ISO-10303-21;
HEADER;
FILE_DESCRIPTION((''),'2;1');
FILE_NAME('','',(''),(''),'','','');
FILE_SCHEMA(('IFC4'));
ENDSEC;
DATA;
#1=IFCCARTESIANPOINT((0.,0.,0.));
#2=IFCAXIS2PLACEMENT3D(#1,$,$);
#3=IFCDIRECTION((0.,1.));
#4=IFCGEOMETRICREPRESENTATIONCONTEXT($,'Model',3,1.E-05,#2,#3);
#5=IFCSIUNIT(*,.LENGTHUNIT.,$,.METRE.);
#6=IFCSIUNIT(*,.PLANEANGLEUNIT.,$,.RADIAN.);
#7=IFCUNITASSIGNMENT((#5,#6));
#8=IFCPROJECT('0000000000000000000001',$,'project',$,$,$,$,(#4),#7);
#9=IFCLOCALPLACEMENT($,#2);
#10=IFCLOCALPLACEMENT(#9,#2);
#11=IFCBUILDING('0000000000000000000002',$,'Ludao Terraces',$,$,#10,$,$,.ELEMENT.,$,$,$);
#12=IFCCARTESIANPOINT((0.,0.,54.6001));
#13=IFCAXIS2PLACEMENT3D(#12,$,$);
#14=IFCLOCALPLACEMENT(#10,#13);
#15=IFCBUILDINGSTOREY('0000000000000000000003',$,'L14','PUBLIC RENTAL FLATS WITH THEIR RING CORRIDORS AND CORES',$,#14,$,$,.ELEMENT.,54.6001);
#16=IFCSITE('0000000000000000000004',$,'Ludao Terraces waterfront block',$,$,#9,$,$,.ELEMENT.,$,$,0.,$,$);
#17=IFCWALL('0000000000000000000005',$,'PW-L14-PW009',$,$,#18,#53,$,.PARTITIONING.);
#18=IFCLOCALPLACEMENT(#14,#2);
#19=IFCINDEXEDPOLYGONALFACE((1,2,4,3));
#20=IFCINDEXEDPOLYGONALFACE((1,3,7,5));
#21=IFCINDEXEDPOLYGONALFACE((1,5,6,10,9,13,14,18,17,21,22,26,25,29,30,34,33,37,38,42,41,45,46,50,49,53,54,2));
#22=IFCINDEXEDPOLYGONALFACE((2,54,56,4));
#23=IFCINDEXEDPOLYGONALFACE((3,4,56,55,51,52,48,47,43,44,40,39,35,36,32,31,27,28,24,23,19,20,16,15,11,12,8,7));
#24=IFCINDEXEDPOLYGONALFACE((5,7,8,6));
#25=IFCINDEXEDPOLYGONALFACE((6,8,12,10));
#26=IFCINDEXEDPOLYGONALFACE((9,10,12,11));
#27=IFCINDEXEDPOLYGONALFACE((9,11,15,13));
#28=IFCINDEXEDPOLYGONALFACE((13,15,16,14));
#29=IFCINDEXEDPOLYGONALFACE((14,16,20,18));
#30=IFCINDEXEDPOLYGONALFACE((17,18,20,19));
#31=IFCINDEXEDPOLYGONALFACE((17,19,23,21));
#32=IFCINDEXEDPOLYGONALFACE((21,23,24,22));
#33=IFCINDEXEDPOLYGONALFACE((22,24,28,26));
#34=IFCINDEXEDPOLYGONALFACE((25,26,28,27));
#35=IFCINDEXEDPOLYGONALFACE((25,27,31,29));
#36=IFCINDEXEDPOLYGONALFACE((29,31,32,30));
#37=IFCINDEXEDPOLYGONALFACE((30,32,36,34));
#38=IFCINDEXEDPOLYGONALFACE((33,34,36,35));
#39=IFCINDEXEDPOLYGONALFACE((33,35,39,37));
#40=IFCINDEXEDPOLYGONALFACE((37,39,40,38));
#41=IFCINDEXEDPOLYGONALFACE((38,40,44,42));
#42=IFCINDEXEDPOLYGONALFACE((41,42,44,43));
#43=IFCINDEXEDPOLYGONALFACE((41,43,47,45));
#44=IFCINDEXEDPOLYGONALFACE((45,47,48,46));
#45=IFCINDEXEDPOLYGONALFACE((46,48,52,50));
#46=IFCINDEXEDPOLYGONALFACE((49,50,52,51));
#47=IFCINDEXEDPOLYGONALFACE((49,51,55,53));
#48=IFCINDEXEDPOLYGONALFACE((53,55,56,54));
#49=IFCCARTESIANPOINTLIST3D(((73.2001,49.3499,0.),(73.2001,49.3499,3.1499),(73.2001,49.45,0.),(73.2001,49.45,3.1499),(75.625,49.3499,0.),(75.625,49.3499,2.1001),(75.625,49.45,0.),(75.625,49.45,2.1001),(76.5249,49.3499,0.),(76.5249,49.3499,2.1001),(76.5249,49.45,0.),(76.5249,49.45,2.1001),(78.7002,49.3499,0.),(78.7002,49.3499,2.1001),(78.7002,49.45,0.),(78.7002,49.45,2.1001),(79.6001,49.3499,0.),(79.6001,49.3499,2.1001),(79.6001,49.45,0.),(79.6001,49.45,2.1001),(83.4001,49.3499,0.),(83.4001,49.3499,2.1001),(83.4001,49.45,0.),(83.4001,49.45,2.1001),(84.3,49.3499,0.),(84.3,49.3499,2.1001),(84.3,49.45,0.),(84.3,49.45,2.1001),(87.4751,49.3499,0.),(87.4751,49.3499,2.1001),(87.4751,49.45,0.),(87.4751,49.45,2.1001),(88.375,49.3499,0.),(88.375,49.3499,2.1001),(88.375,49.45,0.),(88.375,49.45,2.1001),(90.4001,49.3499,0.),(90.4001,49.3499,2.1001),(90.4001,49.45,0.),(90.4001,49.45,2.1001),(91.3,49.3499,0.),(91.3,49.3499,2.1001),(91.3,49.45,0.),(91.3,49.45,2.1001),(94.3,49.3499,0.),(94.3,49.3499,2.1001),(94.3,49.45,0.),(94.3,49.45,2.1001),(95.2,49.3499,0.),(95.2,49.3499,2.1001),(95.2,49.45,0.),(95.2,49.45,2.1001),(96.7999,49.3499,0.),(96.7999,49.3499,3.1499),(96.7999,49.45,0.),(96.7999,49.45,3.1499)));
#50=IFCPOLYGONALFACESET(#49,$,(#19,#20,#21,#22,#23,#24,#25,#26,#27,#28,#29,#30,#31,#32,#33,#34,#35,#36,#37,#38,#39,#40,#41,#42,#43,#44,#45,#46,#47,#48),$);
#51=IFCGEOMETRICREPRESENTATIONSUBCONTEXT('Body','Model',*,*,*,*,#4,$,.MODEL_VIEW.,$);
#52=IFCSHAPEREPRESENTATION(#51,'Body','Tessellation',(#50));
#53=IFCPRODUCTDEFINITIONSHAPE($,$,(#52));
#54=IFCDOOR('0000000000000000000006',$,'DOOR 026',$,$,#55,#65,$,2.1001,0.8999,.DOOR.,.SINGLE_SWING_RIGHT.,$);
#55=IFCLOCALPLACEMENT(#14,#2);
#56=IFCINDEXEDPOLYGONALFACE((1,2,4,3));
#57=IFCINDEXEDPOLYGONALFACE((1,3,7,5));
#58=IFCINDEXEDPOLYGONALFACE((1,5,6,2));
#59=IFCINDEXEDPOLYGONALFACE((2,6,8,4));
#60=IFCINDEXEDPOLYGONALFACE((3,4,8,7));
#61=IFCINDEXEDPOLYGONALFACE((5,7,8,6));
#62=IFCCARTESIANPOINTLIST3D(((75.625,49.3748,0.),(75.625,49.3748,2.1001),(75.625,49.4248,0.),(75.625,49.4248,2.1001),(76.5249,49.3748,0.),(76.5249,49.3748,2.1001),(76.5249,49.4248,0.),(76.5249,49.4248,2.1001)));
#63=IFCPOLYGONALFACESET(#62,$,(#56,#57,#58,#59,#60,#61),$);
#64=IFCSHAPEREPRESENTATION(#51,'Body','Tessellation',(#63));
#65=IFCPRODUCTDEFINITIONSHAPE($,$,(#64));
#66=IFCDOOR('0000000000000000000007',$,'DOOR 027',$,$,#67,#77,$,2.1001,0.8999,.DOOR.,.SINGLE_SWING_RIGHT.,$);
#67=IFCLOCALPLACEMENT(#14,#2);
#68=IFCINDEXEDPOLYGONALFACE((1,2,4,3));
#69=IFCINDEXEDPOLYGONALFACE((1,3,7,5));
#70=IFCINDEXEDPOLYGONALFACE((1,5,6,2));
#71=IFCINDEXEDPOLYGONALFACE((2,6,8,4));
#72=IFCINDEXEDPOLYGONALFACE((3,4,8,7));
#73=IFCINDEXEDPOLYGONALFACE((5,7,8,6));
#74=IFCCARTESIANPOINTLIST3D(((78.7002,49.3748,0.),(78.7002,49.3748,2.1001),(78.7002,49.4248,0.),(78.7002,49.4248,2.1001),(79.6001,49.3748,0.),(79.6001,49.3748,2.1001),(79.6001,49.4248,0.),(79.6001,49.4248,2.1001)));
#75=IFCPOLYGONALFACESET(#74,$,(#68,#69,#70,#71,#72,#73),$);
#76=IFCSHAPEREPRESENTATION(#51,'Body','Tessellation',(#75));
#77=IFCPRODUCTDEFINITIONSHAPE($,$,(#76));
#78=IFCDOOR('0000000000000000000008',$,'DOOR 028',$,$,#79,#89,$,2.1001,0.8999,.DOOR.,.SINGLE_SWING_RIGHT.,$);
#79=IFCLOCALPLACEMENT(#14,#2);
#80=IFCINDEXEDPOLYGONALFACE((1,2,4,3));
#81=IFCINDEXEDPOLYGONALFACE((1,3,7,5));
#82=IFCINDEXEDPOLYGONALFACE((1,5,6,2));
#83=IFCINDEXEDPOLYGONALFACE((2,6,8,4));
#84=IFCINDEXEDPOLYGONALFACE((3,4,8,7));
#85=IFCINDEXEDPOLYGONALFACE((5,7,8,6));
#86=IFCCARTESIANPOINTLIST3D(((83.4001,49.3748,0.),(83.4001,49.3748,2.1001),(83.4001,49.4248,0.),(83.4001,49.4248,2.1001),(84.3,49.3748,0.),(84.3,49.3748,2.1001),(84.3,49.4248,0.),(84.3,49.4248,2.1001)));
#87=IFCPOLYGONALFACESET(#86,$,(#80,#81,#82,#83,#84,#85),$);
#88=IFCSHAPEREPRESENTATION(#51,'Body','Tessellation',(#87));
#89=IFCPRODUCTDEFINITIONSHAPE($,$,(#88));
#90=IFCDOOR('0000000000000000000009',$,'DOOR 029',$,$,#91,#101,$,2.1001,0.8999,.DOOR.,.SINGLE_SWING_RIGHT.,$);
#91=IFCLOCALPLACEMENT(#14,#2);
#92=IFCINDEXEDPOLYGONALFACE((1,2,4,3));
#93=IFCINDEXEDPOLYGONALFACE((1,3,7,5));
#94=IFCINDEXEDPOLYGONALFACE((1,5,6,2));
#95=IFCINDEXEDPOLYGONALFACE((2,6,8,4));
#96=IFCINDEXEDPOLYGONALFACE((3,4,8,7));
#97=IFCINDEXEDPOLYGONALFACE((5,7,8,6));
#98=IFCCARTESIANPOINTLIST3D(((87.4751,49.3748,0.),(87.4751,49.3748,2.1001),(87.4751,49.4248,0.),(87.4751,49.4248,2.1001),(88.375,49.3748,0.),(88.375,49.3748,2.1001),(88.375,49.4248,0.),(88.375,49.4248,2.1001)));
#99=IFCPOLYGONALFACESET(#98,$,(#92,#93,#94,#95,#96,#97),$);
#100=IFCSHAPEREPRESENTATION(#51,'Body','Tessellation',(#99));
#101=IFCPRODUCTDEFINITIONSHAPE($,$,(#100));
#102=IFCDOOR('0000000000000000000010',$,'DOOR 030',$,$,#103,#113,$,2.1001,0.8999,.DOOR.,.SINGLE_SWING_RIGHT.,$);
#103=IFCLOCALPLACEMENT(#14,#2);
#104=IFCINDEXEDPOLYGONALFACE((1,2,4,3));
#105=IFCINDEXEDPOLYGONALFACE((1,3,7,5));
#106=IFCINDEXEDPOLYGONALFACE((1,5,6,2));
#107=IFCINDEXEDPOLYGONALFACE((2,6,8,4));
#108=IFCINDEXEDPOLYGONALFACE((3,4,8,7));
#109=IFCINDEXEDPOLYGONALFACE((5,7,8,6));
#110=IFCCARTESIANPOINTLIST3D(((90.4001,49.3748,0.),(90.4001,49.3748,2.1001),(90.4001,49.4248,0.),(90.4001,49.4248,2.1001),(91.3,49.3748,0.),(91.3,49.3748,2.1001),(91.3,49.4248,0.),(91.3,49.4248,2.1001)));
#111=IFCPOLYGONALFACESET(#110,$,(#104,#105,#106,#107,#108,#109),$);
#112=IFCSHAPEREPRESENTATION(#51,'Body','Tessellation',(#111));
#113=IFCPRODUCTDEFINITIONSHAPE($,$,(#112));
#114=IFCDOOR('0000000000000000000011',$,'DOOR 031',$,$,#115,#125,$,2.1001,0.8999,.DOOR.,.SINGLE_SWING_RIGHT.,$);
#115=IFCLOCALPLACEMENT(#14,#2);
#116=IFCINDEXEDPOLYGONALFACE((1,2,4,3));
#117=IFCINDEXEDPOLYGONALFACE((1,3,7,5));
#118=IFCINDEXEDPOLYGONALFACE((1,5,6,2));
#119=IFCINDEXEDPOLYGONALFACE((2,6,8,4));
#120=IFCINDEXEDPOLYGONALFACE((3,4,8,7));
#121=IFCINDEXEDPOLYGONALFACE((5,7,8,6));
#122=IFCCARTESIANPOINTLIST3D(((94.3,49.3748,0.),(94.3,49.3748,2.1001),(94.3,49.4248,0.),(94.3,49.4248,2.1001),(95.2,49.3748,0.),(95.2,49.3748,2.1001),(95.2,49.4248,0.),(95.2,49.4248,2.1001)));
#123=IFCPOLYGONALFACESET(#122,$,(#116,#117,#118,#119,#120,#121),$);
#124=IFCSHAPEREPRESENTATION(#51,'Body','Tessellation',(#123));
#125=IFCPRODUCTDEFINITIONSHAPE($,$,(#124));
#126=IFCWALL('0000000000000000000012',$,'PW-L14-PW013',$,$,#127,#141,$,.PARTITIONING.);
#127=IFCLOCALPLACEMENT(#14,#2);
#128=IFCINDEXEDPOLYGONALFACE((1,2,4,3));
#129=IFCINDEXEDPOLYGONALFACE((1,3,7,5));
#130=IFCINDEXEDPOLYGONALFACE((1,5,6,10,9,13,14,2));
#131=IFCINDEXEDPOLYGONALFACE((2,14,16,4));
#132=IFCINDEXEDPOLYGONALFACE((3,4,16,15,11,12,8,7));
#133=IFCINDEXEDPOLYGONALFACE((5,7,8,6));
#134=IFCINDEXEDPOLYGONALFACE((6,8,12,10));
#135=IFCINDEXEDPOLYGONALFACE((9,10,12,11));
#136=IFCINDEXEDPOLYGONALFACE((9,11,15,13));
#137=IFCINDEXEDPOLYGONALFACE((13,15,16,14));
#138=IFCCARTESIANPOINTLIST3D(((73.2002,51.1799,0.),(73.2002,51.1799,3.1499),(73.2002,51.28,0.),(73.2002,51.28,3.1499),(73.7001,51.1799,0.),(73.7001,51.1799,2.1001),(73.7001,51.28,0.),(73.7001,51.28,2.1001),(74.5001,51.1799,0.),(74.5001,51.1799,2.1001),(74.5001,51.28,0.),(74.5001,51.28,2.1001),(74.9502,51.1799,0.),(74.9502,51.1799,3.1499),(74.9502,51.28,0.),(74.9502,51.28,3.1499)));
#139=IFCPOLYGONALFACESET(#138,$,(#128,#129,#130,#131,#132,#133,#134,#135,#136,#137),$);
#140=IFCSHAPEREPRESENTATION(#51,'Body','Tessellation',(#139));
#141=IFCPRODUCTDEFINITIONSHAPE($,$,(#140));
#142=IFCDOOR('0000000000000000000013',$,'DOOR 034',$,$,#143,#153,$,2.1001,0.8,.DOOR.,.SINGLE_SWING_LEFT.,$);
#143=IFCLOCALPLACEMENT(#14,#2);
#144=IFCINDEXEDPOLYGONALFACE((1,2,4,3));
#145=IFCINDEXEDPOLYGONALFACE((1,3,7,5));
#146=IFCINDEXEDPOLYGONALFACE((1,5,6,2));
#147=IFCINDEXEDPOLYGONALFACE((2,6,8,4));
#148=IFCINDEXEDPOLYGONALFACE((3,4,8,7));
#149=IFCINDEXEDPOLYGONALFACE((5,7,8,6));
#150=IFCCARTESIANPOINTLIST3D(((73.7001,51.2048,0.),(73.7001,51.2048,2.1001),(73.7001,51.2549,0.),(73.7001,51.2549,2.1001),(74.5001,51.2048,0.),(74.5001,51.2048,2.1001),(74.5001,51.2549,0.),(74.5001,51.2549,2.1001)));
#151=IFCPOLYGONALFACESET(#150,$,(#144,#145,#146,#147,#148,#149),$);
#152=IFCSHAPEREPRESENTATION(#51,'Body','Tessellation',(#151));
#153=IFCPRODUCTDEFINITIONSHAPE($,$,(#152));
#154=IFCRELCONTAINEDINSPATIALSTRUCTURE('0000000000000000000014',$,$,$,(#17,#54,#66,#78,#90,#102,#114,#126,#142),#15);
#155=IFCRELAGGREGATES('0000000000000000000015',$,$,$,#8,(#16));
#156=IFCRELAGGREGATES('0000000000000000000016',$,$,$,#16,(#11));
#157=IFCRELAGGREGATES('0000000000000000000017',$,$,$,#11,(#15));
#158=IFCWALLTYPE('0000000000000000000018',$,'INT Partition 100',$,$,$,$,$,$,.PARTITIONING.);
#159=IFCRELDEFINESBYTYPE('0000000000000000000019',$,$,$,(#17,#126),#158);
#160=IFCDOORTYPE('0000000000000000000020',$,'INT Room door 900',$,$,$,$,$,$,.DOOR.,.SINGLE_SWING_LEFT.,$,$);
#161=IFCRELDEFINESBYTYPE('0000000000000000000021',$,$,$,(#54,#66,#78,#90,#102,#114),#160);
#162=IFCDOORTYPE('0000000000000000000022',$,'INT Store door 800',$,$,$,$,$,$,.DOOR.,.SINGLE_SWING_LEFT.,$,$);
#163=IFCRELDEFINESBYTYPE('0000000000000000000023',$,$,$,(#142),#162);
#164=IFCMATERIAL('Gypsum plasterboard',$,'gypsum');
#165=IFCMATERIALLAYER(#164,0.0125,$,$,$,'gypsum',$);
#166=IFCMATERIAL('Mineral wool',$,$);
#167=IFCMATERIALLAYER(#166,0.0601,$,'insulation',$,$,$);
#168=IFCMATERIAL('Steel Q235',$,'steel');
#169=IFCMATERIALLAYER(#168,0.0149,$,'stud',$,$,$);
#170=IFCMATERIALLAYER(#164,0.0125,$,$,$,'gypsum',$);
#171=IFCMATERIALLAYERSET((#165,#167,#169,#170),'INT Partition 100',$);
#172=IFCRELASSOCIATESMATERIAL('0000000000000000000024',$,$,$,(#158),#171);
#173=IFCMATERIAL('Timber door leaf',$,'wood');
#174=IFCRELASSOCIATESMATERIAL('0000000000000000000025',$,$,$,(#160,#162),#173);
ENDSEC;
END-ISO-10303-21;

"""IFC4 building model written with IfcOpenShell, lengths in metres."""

from ifc_helpers import new_model, si_unit, direction, frame, frame_2d, origin, place, context, subcontext, project, spatial, rectangle, extrude, material, layer, layer_set, type_object, element, fill, save


model = new_model("IFC4")

# Units and contexts
model_context = context("Model", 3, precision=1e-05, world=origin(), true_north=direction((0.0, 1.0)))
body_context = subcontext(model_context, "Body", "Model", "MODEL_VIEW")
ifc_project = project(units=[si_unit("LENGTHUNIT", "METRE"), si_unit("PLANEANGLEUNIT", "RADIAN")], contexts=[model_context])

# Site, building, storey
site_placement = place(None, origin())
site = spatial("IfcSite", under=ifc_project, at=site_placement, Name="Ludao Terraces waterfront block", CompositionType="ELEMENT", RefElevation=0.0)
building_placement = place(site_placement, origin())
building = spatial("IfcBuilding", under=site, at=building_placement, Name="Ludao Terraces", CompositionType="ELEMENT")
storey_placement = place(building_placement, frame((0.0, 0.0, 54.6001)))
storey = spatial("IfcBuildingStorey", under=building, at=storey_placement, Name="L14", Description="PUBLIC RENTAL FLATS WITH THEIR RING CORRIDORS AND CORES", CompositionType="ELEMENT", Elevation=54.6001)

# Wall, openings, doors
ifc_material_1 = material(Name="Gypsum plasterboard", Category="gypsum")
ifc_layer_1 = layer(ifc_material_1, 0.0125, Category="gypsum")
ifc_material_2 = material(Name="Mineral wool")
ifc_layer_2 = layer(ifc_material_2, 0.0601, Name="insulation")
ifc_material_3 = material(Name="Steel Q235", Category="steel")
ifc_layer_3 = layer(ifc_material_3, 0.0149, Name="stud")
ifc_layer_4 = layer(ifc_material_1, 0.0125, Category="gypsum")
ifc_layer_set = layer_set([ifc_layer_1, ifc_layer_2, ifc_layer_3, ifc_layer_4], Name="INT Partition 100")
wall_type = type_object("IfcWallType", Name="INT Partition 100", PredefinedType="PARTITIONING", material=ifc_layer_set)
wall_1_placement = place(storey_placement, frame((73.2002, 49.3999, 0.0), z_axis=(0.0, 0.0, 1.0), x_axis=(1.0, 0.0, 0.0)))
wall_1 = element("IfcWall", 1, at=wall_1_placement, inside=storey, type_object=wall_type, Name="PW-L14-PW009", PredefinedType="PARTITIONING", context=body_context, shape_type="SweptSolid", body=[
    extrude(rectangle(XDim=23.5999, YDim=0.1001, at=frame_2d((11.7998, 0.0))), origin(), (0.0, 0.0, 1.0), 3.1499),
])
opening_1_placement = place(wall_1_placement, frame((2.4248, 0.0, 0.0)))
opening_1 = element("IfcOpeningElement", 2, at=opening_1_placement, cuts=wall_1, PredefinedType="OPENING", context=body_context, shape_type="SweptSolid", body=[
    extrude(rectangle(XDim=0.8999, YDim=2.1001, at=frame_2d((0.45, 1.05))), frame((0.0, 0.0601, 0.0), z_axis=(0.0, -1.0, 0.0), x_axis=(1.0, 0.0, 0.0)), (0.0, 0.0, 1.0), 0.1201),
])
opening_2_placement = place(wall_1_placement, frame((5.5, 0.0, 0.0)))
opening_2 = element("IfcOpeningElement", 3, at=opening_2_placement, cuts=wall_1, PredefinedType="OPENING", context=body_context, shape_type="SweptSolid", body=[
    extrude(rectangle(XDim=0.8999, YDim=2.1001, at=frame_2d((0.45, 1.05))), frame((0.0, 0.0601, 0.0), z_axis=(0.0, -1.0, 0.0), x_axis=(1.0, 0.0, 0.0)), (0.0, 0.0, 1.0), 0.1201),
])
opening_3_placement = place(wall_1_placement, frame((10.2, 0.0, 0.0)))
opening_3 = element("IfcOpeningElement", 4, at=opening_3_placement, cuts=wall_1, PredefinedType="OPENING", context=body_context, shape_type="SweptSolid", body=[
    extrude(rectangle(XDim=0.8999, YDim=2.1001, at=frame_2d((0.45, 1.05))), frame((0.0, 0.0601, 0.0), z_axis=(0.0, -1.0, 0.0), x_axis=(1.0, 0.0, 0.0)), (0.0, 0.0, 1.0), 0.1201),
])
opening_4_placement = place(wall_1_placement, frame((14.2749, 0.0, 0.0)))
opening_4 = element("IfcOpeningElement", 5, at=opening_4_placement, cuts=wall_1, PredefinedType="OPENING", context=body_context, shape_type="SweptSolid", body=[
    extrude(rectangle(XDim=0.8999, YDim=2.1001, at=frame_2d((0.45, 1.05))), frame((0.0, 0.0601, 0.0), z_axis=(0.0, -1.0, 0.0), x_axis=(1.0, 0.0, 0.0)), (0.0, 0.0, 1.0), 0.1201),
])
opening_5_placement = place(wall_1_placement, frame((17.2, 0.0, 0.0)))
opening_5 = element("IfcOpeningElement", 6, at=opening_5_placement, cuts=wall_1, PredefinedType="OPENING", context=body_context, shape_type="SweptSolid", body=[
    extrude(rectangle(XDim=0.8999, YDim=2.1001, at=frame_2d((0.45, 1.05))), frame((0.0, 0.0601, 0.0), z_axis=(0.0, -1.0, 0.0), x_axis=(1.0, 0.0, 0.0)), (0.0, 0.0, 1.0), 0.1201),
])
opening_6_placement = place(wall_1_placement, frame((21.0999, 0.0, 0.0)))
opening_6 = element("IfcOpeningElement", 7, at=opening_6_placement, cuts=wall_1, PredefinedType="OPENING", context=body_context, shape_type="SweptSolid", body=[
    extrude(rectangle(XDim=0.8999, YDim=2.1001, at=frame_2d((0.45, 1.05))), frame((0.0, 0.0601, 0.0), z_axis=(0.0, -1.0, 0.0), x_axis=(1.0, 0.0, 0.0)), (0.0, 0.0, 1.0), 0.1201),
])
ifc_material_4 = material(Name="Timber door leaf", Category="wood")
door_type_1 = type_object("IfcDoorType", Name="INT Room door 900", OperationType="SINGLE_SWING_LEFT", PredefinedType="DOOR", material=ifc_material_4)
door_1_placement = place(opening_1_placement, origin())
door_1 = element("IfcDoor", 8, at=door_1_placement, inside=storey, type_object=door_type_1, Name="DOOR 026", OperationType="SINGLE_SWING_RIGHT", OverallHeight=2.1001, OverallWidth=0.8999, PredefinedType="DOOR", context=body_context, shape_type="SweptSolid", body=[
    extrude(rectangle(XDim=0.8999, YDim=2.1001, at=frame_2d((0.45, 1.05))), frame((0.0, 0.0249, 0.0), z_axis=(0.0, -1.0, 0.0), x_axis=(1.0, 0.0, 0.0)), (0.0, 0.0, 1.0), 0.05),
])
fill(opening_1, door_1)
door_2_placement = place(opening_2_placement, origin())
door_2 = element("IfcDoor", 9, at=door_2_placement, inside=storey, type_object=door_type_1, Name="DOOR 027", OperationType="SINGLE_SWING_RIGHT", OverallHeight=2.1001, OverallWidth=0.8999, PredefinedType="DOOR", context=body_context, shape_type="SweptSolid", body=[
    extrude(rectangle(XDim=0.8999, YDim=2.1001, at=frame_2d((0.45, 1.05))), frame((0.0, 0.0249, 0.0), z_axis=(0.0, -1.0, 0.0), x_axis=(1.0, 0.0, 0.0)), (0.0, 0.0, 1.0), 0.05),
])
fill(opening_2, door_2)
door_3_placement = place(opening_3_placement, origin())
door_3 = element("IfcDoor", 10, at=door_3_placement, inside=storey, type_object=door_type_1, Name="DOOR 028", OperationType="SINGLE_SWING_RIGHT", OverallHeight=2.1001, OverallWidth=0.8999, PredefinedType="DOOR", context=body_context, shape_type="SweptSolid", body=[
    extrude(rectangle(XDim=0.8999, YDim=2.1001, at=frame_2d((0.45, 1.05))), frame((0.0, 0.0249, 0.0), z_axis=(0.0, -1.0, 0.0), x_axis=(1.0, 0.0, 0.0)), (0.0, 0.0, 1.0), 0.05),
])
fill(opening_3, door_3)
door_4_placement = place(opening_4_placement, origin())
door_4 = element("IfcDoor", 11, at=door_4_placement, inside=storey, type_object=door_type_1, Name="DOOR 029", OperationType="SINGLE_SWING_RIGHT", OverallHeight=2.1001, OverallWidth=0.8999, PredefinedType="DOOR", context=body_context, shape_type="SweptSolid", body=[
    extrude(rectangle(XDim=0.8999, YDim=2.1001, at=frame_2d((0.45, 1.05))), frame((0.0, 0.0249, 0.0), z_axis=(0.0, -1.0, 0.0), x_axis=(1.0, 0.0, 0.0)), (0.0, 0.0, 1.0), 0.05),
])
fill(opening_4, door_4)
door_5_placement = place(opening_5_placement, origin())
door_5 = element("IfcDoor", 12, at=door_5_placement, inside=storey, type_object=door_type_1, Name="DOOR 030", OperationType="SINGLE_SWING_RIGHT", OverallHeight=2.1001, OverallWidth=0.8999, PredefinedType="DOOR", context=body_context, shape_type="SweptSolid", body=[
    extrude(rectangle(XDim=0.8999, YDim=2.1001, at=frame_2d((0.45, 1.05))), frame((0.0, 0.0249, 0.0), z_axis=(0.0, -1.0, 0.0), x_axis=(1.0, 0.0, 0.0)), (0.0, 0.0, 1.0), 0.05),
])
fill(opening_5, door_5)
door_6_placement = place(opening_6_placement, origin())
door_6 = element("IfcDoor", 13, at=door_6_placement, inside=storey, type_object=door_type_1, Name="DOOR 031", OperationType="SINGLE_SWING_RIGHT", OverallHeight=2.1001, OverallWidth=0.8999, PredefinedType="DOOR", context=body_context, shape_type="SweptSolid", body=[
    extrude(rectangle(XDim=0.8999, YDim=2.1001, at=frame_2d((0.45, 1.05))), frame((0.0, 0.0249, 0.0), z_axis=(0.0, -1.0, 0.0), x_axis=(1.0, 0.0, 0.0)), (0.0, 0.0, 1.0), 0.05),
])
fill(opening_6, door_6)

# Wall, opening, door
wall_2_placement = place(storey_placement, frame((73.2002, 51.23, 0.0), z_axis=(0.0, 0.0, 1.0), x_axis=(1.0, 0.0, 0.0)))
wall_2 = element("IfcWall", 14, at=wall_2_placement, inside=storey, type_object=wall_type, Name="PW-L14-PW013", PredefinedType="PARTITIONING", context=body_context, shape_type="SweptSolid", body=[
    extrude(rectangle(XDim=1.75, YDim=0.1001, at=frame_2d((0.875, 0.0))), origin(), (0.0, 0.0, 1.0), 3.1499),
])
opening_7_placement = place(wall_2_placement, frame((0.5, 0.0, 0.0)))
opening_7 = element("IfcOpeningElement", 15, at=opening_7_placement, cuts=wall_2, PredefinedType="OPENING", context=body_context, shape_type="SweptSolid", body=[
    extrude(rectangle(XDim=0.8, YDim=2.1001, at=frame_2d((0.3999, 1.05))), frame((0.0, 0.0601, 0.0), z_axis=(0.0, -1.0, 0.0), x_axis=(1.0, 0.0, 0.0)), (0.0, 0.0, 1.0), 0.1201),
])
door_type_2 = type_object("IfcDoorType", Name="INT Store door 800", OperationType="SINGLE_SWING_LEFT", PredefinedType="DOOR", material=ifc_material_4)
door_7_placement = place(opening_7_placement, origin())
door_7 = element("IfcDoor", 16, at=door_7_placement, inside=storey, type_object=door_type_2, Name="DOOR 034", OperationType="SINGLE_SWING_LEFT", OverallHeight=2.1001, OverallWidth=0.8, PredefinedType="DOOR", context=body_context, shape_type="SweptSolid", body=[
    extrude(rectangle(XDim=0.8, YDim=2.1001, at=frame_2d((0.3999, 1.05))), frame((0.0, 0.0249, 0.0), z_axis=(0.0, -1.0, 0.0), x_axis=(1.0, 0.0, 0.0)), (0.0, 0.0, 1.0), 0.05),
])
fill(opening_7, door_7)

save(model, "model.ifc")
